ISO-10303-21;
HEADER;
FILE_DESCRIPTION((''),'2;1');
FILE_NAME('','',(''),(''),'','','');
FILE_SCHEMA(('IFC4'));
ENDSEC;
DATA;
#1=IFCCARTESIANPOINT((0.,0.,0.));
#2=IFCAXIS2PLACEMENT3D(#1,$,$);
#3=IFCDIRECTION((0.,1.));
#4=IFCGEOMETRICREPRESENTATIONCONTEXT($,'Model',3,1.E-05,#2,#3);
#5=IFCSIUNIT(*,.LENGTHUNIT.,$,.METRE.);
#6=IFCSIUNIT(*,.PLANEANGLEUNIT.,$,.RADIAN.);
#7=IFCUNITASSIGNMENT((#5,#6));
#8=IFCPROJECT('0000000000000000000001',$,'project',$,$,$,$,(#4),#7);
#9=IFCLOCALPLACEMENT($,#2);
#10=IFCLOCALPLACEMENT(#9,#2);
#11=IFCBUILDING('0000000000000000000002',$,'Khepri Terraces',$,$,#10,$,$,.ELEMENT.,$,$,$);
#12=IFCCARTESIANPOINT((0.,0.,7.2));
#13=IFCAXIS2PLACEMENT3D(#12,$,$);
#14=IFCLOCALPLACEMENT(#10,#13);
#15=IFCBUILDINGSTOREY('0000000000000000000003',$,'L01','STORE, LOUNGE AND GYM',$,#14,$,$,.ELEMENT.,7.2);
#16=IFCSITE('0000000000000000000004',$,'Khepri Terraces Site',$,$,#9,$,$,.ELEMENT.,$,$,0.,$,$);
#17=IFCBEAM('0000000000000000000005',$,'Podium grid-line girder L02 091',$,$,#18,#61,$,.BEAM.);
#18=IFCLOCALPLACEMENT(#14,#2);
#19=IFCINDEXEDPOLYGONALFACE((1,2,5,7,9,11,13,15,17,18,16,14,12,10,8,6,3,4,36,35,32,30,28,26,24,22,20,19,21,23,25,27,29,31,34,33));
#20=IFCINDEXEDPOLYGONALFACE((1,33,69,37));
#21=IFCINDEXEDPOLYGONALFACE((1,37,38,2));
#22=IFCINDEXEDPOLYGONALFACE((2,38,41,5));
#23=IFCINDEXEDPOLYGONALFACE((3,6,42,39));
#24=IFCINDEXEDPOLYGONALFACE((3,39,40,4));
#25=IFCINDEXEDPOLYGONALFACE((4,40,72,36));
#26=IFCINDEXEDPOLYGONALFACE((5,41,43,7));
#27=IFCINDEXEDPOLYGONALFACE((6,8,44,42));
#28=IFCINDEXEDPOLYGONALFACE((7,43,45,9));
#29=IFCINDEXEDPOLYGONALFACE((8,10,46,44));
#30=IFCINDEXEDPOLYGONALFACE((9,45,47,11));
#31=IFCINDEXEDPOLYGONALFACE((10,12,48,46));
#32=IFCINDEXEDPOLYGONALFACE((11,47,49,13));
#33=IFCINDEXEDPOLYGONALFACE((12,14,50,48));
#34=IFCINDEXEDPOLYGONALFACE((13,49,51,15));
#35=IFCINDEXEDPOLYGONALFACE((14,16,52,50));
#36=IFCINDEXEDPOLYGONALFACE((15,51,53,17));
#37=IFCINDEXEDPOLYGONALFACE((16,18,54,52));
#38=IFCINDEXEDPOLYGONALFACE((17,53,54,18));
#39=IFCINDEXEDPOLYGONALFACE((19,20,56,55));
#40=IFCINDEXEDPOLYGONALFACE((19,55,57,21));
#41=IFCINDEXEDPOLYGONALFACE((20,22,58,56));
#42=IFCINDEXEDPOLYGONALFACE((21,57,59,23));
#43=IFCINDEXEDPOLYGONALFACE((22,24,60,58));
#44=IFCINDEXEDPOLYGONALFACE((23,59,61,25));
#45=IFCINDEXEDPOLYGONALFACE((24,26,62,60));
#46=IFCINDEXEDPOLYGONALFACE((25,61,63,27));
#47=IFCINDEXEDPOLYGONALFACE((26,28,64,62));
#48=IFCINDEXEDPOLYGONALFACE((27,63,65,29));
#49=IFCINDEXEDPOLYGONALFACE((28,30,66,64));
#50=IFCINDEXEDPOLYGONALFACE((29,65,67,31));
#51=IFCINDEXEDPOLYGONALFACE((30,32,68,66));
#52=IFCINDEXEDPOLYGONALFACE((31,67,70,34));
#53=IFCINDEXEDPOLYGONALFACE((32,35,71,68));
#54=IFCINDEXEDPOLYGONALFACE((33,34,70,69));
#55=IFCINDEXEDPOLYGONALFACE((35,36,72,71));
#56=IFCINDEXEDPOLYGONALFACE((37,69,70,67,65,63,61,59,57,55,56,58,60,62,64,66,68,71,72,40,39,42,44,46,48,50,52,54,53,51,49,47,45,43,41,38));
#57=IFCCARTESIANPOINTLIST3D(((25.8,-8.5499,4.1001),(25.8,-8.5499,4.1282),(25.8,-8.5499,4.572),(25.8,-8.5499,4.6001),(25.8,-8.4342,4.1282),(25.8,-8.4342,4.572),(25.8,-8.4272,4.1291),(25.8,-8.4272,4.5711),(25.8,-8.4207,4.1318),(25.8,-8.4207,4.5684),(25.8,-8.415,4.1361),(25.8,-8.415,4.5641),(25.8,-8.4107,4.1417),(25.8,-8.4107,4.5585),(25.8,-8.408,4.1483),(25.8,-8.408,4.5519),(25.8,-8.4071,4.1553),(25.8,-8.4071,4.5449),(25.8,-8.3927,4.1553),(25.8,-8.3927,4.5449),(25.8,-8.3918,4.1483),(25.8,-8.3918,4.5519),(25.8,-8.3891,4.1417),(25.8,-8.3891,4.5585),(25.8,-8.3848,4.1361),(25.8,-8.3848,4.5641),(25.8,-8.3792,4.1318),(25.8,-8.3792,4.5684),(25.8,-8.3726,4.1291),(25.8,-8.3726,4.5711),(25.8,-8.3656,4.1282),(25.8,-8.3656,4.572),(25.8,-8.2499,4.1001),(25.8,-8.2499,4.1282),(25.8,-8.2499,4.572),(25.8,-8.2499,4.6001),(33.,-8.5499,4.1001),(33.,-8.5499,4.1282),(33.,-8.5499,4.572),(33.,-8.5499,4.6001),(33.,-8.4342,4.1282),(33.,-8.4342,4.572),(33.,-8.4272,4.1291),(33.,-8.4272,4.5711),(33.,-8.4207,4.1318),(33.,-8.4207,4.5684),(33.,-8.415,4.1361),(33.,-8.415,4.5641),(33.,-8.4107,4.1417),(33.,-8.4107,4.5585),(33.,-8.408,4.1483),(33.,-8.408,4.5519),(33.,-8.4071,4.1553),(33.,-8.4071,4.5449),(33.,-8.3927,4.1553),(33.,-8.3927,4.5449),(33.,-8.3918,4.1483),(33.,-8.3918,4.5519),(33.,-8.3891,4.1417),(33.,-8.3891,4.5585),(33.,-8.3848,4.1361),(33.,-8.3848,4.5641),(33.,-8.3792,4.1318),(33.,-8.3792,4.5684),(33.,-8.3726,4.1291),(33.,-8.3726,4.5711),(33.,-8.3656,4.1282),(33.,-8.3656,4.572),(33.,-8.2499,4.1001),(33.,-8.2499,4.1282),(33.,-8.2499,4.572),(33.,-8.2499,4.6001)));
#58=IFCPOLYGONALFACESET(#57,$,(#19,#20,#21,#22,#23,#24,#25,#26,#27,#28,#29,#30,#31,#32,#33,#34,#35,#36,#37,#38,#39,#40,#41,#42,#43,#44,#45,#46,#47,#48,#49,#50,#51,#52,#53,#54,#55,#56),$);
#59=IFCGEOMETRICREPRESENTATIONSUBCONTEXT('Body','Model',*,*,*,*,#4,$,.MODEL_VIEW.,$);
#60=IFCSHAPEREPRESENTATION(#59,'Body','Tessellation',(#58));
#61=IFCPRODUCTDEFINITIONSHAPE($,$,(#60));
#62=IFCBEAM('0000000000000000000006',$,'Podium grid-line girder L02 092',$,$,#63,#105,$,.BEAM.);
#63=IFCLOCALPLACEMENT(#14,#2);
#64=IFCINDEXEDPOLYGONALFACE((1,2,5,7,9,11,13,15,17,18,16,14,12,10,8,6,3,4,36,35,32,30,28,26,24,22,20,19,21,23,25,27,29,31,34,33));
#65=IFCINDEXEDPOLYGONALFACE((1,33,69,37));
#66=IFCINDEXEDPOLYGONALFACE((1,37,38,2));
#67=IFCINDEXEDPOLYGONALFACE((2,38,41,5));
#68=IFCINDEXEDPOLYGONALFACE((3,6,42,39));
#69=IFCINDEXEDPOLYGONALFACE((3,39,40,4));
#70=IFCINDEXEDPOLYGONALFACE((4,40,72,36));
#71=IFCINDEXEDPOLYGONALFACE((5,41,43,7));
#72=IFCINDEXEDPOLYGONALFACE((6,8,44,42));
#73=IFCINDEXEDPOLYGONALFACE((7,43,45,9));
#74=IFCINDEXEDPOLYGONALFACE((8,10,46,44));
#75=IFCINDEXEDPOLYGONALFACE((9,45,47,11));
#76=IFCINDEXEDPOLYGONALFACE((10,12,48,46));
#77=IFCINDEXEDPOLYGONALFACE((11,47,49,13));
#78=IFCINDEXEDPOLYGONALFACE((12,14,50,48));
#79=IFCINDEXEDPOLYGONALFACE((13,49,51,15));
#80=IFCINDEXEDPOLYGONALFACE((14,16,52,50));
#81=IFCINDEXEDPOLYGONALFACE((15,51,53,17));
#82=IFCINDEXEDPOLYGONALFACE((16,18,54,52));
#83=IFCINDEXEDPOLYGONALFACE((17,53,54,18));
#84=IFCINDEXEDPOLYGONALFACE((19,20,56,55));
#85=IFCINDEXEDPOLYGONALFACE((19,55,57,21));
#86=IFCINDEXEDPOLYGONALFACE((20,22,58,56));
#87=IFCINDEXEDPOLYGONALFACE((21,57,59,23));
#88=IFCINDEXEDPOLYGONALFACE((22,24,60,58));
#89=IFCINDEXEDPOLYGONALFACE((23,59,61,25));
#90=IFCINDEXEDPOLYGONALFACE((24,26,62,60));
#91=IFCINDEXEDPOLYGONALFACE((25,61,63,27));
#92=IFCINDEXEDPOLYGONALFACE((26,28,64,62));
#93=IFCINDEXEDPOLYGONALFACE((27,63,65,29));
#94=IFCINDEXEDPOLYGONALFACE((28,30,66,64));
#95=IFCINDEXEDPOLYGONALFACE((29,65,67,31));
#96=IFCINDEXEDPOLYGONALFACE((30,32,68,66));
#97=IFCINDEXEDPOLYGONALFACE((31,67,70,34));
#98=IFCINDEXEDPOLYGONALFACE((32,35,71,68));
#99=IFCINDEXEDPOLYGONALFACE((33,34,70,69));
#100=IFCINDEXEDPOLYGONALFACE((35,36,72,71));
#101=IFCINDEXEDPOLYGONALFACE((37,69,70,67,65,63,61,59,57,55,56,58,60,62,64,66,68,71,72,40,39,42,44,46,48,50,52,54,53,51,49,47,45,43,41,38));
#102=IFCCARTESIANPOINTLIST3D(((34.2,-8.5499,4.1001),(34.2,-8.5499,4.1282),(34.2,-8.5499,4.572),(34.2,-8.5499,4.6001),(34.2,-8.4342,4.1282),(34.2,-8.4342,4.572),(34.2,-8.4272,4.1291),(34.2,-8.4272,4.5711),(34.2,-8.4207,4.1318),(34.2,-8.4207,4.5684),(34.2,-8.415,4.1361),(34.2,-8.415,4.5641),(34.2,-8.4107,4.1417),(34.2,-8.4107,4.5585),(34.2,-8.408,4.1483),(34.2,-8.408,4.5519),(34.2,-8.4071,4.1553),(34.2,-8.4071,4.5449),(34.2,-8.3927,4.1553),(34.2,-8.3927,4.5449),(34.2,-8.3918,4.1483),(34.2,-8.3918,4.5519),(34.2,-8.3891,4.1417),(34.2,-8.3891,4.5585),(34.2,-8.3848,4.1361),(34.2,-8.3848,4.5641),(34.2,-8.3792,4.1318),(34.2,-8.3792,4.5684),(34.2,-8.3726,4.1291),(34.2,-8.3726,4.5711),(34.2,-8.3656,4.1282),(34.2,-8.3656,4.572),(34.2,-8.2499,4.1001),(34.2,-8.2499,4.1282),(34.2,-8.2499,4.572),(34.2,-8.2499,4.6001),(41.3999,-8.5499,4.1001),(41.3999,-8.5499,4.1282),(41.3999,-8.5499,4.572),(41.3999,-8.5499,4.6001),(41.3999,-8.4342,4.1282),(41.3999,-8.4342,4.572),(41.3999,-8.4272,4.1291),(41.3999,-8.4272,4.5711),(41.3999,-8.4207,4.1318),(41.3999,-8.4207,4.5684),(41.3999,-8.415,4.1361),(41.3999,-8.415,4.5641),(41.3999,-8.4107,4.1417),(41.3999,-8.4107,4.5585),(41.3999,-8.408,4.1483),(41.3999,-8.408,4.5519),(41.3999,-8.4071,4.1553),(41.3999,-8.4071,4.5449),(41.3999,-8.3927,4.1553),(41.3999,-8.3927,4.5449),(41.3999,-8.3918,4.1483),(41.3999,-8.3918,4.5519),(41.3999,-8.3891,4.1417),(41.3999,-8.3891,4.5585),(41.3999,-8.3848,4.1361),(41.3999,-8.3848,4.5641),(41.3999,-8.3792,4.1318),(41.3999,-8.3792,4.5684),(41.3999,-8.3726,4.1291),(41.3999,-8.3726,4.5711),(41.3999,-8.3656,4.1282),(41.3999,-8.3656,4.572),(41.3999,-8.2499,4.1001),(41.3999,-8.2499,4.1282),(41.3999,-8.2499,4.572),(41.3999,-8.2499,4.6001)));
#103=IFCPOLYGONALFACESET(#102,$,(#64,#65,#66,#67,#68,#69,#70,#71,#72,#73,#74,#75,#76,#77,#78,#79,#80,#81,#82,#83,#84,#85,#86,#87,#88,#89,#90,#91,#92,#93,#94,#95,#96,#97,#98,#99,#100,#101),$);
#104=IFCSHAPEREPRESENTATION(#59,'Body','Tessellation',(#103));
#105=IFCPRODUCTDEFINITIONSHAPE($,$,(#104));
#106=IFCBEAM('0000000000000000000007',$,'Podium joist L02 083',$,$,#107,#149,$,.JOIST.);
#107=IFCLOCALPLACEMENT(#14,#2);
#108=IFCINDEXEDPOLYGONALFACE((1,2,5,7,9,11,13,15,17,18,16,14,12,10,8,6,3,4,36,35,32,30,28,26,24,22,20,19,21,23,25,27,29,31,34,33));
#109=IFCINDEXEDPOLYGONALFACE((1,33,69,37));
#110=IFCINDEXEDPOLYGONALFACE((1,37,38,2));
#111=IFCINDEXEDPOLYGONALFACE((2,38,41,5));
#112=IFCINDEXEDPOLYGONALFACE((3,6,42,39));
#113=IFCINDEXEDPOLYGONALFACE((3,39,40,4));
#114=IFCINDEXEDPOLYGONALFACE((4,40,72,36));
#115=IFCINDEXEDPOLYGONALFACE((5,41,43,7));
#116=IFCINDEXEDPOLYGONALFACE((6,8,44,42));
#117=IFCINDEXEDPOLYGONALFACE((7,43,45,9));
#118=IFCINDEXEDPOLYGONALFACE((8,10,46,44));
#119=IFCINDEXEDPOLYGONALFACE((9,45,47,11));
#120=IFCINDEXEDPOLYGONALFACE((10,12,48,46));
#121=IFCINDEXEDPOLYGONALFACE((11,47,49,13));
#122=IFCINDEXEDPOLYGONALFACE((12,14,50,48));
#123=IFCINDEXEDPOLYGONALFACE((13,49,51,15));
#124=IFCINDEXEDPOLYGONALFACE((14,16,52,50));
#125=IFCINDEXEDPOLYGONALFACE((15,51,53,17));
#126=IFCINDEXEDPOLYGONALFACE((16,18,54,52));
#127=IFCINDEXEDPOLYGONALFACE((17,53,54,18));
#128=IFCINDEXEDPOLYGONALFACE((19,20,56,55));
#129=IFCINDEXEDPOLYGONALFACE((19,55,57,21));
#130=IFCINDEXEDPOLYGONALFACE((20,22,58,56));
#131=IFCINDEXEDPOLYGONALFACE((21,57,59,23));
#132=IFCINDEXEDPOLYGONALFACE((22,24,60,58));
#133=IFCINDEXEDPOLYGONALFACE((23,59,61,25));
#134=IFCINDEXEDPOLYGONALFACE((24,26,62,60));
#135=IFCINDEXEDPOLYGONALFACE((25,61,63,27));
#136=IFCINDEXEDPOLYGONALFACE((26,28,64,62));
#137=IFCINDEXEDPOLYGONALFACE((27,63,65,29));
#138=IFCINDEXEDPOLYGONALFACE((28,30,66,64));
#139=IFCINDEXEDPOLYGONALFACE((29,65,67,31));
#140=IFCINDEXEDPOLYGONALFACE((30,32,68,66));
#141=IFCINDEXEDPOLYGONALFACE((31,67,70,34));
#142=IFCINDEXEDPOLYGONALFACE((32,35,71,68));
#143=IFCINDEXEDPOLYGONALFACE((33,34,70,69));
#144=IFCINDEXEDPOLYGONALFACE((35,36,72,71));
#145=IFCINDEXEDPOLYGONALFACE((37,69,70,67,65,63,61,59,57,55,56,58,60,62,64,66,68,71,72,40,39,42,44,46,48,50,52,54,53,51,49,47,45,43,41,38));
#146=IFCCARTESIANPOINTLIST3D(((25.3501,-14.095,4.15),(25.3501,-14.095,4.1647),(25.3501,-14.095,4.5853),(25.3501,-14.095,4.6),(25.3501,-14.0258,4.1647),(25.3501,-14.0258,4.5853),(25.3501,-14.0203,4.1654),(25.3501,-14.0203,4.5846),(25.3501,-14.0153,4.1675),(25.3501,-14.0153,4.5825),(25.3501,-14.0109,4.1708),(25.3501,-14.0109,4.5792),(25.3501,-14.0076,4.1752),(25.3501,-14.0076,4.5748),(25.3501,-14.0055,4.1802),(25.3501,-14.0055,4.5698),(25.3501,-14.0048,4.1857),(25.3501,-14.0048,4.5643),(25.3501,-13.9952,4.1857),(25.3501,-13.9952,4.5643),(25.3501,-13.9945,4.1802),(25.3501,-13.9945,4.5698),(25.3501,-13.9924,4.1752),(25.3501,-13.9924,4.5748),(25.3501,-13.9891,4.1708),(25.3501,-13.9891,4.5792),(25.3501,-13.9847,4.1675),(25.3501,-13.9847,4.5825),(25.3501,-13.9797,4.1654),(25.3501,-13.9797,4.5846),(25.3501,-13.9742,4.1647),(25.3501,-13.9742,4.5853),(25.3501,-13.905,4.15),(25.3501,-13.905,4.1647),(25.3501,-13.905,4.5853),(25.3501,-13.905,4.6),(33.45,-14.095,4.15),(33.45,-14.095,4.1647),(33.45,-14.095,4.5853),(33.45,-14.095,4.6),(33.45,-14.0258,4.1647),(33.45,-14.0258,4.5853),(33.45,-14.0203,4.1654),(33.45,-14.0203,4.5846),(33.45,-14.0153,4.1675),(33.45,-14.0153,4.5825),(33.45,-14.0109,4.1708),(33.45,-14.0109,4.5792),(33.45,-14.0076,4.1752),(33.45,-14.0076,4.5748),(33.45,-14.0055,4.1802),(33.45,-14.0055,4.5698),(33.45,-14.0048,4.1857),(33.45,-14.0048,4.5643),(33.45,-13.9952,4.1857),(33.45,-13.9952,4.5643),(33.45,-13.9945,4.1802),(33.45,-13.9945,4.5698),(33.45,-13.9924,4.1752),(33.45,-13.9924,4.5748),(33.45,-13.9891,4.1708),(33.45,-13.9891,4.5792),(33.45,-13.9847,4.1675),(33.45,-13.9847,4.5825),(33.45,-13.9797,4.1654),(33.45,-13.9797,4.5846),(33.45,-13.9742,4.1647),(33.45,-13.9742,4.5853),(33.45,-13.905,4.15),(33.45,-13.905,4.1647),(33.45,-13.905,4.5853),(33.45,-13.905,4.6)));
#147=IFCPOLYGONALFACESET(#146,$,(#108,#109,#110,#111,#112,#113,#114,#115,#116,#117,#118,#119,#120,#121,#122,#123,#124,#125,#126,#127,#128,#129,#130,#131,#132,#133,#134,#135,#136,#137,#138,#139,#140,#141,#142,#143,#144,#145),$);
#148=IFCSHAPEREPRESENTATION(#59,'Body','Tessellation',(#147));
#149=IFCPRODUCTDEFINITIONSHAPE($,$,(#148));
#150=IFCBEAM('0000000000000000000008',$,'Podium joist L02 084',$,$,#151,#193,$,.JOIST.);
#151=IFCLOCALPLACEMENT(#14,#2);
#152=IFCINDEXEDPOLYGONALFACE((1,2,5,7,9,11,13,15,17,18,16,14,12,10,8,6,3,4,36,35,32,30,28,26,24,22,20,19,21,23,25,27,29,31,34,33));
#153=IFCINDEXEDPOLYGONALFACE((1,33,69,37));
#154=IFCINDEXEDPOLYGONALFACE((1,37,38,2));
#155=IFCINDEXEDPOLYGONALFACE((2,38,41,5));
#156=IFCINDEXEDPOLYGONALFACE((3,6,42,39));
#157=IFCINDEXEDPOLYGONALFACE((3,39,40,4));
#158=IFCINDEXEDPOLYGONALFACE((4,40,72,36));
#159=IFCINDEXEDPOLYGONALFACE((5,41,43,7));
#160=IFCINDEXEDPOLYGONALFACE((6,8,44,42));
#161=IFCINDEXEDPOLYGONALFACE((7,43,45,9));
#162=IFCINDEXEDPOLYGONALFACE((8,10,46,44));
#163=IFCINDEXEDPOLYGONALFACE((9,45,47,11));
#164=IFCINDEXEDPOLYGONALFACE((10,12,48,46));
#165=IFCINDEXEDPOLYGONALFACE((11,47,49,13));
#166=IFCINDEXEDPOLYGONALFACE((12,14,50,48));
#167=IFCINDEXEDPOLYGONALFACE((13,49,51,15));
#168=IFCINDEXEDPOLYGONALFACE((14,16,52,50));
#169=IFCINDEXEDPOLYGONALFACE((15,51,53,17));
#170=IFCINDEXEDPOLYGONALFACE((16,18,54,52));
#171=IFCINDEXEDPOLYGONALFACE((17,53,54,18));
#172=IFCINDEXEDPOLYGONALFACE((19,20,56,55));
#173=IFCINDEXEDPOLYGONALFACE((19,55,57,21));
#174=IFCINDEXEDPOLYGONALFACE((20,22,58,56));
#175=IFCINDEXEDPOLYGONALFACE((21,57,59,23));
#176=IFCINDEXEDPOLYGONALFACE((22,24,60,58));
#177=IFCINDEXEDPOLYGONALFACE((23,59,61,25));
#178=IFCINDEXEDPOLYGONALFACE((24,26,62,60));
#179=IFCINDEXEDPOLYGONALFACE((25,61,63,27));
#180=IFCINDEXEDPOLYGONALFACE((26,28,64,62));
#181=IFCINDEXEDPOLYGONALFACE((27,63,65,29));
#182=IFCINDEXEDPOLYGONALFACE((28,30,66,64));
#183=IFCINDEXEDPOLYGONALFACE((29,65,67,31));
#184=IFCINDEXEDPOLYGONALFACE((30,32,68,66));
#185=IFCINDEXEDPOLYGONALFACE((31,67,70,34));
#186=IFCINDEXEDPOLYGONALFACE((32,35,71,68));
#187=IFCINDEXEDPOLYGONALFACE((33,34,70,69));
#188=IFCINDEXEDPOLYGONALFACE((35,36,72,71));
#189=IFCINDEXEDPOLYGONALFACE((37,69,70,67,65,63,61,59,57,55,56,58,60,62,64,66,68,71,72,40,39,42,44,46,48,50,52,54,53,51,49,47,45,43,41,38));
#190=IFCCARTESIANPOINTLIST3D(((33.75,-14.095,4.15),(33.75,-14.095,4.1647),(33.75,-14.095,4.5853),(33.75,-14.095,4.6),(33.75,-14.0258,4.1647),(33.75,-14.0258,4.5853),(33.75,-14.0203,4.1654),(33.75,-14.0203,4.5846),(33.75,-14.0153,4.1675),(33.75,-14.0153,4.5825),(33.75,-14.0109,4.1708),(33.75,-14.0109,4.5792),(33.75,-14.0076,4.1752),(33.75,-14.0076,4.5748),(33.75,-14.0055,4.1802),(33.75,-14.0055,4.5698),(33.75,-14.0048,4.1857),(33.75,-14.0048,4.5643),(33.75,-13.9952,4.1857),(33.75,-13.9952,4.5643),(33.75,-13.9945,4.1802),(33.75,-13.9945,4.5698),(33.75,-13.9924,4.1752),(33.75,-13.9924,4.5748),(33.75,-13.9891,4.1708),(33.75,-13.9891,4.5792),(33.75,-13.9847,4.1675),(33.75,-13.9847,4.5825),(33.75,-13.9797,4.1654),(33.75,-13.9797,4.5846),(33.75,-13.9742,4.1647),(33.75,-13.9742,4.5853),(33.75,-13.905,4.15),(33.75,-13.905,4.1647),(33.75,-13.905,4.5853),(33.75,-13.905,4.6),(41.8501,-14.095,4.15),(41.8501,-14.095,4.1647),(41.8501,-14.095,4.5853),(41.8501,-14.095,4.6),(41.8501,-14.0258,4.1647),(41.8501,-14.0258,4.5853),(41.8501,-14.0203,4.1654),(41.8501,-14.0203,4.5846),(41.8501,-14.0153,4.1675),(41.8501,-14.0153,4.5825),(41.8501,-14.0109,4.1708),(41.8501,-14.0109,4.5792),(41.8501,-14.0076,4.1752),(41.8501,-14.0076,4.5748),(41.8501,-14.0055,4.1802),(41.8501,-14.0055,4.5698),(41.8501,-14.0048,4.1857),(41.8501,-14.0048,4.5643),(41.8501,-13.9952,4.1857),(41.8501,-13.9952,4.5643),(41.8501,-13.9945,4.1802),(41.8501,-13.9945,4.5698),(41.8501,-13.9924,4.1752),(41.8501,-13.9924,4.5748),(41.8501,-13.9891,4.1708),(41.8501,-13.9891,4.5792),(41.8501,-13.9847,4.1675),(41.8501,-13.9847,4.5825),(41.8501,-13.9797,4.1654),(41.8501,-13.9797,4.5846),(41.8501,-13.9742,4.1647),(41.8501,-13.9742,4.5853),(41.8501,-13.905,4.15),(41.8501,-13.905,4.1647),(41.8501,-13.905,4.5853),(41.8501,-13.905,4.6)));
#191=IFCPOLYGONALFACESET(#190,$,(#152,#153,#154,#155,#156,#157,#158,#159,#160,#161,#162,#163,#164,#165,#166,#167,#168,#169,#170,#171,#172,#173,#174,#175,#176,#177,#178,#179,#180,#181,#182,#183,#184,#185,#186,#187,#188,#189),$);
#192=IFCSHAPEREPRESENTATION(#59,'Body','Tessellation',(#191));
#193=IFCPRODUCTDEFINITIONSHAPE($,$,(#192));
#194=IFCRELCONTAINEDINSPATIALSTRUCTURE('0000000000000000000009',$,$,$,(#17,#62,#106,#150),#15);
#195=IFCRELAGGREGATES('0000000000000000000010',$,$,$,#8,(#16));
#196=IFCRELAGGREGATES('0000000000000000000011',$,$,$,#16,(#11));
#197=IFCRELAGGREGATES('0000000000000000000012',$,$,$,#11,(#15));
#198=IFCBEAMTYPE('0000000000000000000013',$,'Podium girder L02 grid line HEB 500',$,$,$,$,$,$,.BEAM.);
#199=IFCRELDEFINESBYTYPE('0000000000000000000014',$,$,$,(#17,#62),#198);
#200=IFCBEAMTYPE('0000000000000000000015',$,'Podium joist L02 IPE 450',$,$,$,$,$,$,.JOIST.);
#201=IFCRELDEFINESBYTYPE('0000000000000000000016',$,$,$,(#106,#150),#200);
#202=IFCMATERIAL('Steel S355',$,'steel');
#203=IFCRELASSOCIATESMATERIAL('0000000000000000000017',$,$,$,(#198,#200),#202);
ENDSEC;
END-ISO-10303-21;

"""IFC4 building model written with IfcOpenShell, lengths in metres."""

from ifc_helpers import new_model, si_unit, direction, frame, origin, origin_2d, place, context, subcontext, project, spatial, i_section, extrude, material, material_profile, profile_set, type_object, element, save


model = new_model("IFC4")

# Units and contexts
model_context = context("Model", 3, precision=1e-05, world=origin(), true_north=direction((0.0, 1.0)))
body_context = subcontext(model_context, "Body", "Model", "MODEL_VIEW")
ifc_project = project(units=[si_unit("LENGTHUNIT", "METRE"), si_unit("PLANEANGLEUNIT", "RADIAN")], contexts=[model_context])

# Site, building, storey
site_placement = place(None, origin())
site = spatial("IfcSite", under=ifc_project, at=site_placement, Name="Khepri Terraces Site", CompositionType="ELEMENT", RefElevation=0.0)
building_placement = place(site_placement, origin())
building = spatial("IfcBuilding", under=site, at=building_placement, Name="Khepri Terraces", CompositionType="ELEMENT")
storey_placement = place(building_placement, frame((0.0, 0.0, 7.2)))
storey = spatial("IfcBuildingStorey", under=building, at=storey_placement, Name="L01", Description="STORE, LOUNGE AND GYM", CompositionType="ELEMENT", Elevation=7.2)

# Beams
ifc_material_1 = material(Name="Steel S355", Category="steel")
ifc_material_profile_1 = material_profile(ifc_material_1, i_section(OverallWidth=0.3, OverallDepth=0.5, WebThickness=0.0144, FlangeThickness=0.0281, FilletRadius=0.0271, at=origin_2d()), Name="Steel S355", Category="steel")
ifc_profile_set_1 = profile_set([ifc_material_profile_1], Name="Steel S355")
beam_type_1 = type_object("IfcBeamType", Name="Podium girder L02 grid line HEB 500", PredefinedType="BEAM", material=ifc_profile_set_1)
for number, where, z_axis, x_axis, name in (
    (1, (25.8, -8.3999, 4.3501), (1.0, 0.0, 0.0), (0.0, 1.0, 0.0), "Podium grid-line girder L02 091"),
    (2, (34.2, -8.3999, 4.3501), (1.0, 0.0, 0.0), (0.0, 1.0, 0.0), "Podium grid-line girder L02 092"),
):
    element("IfcBeam", number, at=place(storey_placement, frame(where, z_axis=z_axis, x_axis=x_axis)), inside=storey, type_object=beam_type_1, Name=name, PredefinedType="BEAM", context=body_context, shape_type="SweptSolid", body=[
        extrude(i_section(OverallWidth=0.3, OverallDepth=0.5, WebThickness=0.0144, FlangeThickness=0.0281, FilletRadius=0.0271, at=origin_2d()), origin(), (0.0, 0.0, 1.0), 7.2),
    ])
ifc_material_profile_2 = material_profile(ifc_material_1, i_section(OverallWidth=0.1899, OverallDepth=0.45, WebThickness=0.0095, FlangeThickness=0.0146, FilletRadius=0.021, at=origin_2d()), Name="Steel S355", Category="steel")
ifc_profile_set_2 = profile_set([ifc_material_profile_2], Name="Steel S355")
beam_type_2 = type_object("IfcBeamType", Name="Podium joist L02 IPE 450", PredefinedType="JOIST", material=ifc_profile_set_2)
beam_1_placement = place(storey_placement, frame((25.3501, -14.0, 4.375), z_axis=(1.0, 0.0, 0.0), x_axis=(0.0, 1.0, 0.0)))
element("IfcBeam", 3, at=beam_1_placement, inside=storey, type_object=beam_type_2, Name="Podium joist L02 083", PredefinedType="JOIST", context=body_context, shape_type="SweptSolid", body=[
    extrude(i_section(OverallWidth=0.1899, OverallDepth=0.45, WebThickness=0.0095, FlangeThickness=0.0146, FilletRadius=0.021, at=origin_2d()), origin(), (0.0, 0.0, 1.0), 8.0999),
])
beam_2_placement = place(storey_placement, frame((33.75, -14.0, 4.375), z_axis=(1.0, 0.0, 0.0), x_axis=(0.0, 1.0, 0.0)))
element("IfcBeam", 4, at=beam_2_placement, inside=storey, type_object=beam_type_2, Name="Podium joist L02 084", PredefinedType="JOIST", context=body_context, shape_type="SweptSolid", body=[
    extrude(i_section(OverallWidth=0.1899, OverallDepth=0.45, WebThickness=0.0095, FlangeThickness=0.0146, FilletRadius=0.021, at=origin_2d()), origin(), (0.0, 0.0, 1.0), 8.1001),
])

save(model, "model.ifc")
